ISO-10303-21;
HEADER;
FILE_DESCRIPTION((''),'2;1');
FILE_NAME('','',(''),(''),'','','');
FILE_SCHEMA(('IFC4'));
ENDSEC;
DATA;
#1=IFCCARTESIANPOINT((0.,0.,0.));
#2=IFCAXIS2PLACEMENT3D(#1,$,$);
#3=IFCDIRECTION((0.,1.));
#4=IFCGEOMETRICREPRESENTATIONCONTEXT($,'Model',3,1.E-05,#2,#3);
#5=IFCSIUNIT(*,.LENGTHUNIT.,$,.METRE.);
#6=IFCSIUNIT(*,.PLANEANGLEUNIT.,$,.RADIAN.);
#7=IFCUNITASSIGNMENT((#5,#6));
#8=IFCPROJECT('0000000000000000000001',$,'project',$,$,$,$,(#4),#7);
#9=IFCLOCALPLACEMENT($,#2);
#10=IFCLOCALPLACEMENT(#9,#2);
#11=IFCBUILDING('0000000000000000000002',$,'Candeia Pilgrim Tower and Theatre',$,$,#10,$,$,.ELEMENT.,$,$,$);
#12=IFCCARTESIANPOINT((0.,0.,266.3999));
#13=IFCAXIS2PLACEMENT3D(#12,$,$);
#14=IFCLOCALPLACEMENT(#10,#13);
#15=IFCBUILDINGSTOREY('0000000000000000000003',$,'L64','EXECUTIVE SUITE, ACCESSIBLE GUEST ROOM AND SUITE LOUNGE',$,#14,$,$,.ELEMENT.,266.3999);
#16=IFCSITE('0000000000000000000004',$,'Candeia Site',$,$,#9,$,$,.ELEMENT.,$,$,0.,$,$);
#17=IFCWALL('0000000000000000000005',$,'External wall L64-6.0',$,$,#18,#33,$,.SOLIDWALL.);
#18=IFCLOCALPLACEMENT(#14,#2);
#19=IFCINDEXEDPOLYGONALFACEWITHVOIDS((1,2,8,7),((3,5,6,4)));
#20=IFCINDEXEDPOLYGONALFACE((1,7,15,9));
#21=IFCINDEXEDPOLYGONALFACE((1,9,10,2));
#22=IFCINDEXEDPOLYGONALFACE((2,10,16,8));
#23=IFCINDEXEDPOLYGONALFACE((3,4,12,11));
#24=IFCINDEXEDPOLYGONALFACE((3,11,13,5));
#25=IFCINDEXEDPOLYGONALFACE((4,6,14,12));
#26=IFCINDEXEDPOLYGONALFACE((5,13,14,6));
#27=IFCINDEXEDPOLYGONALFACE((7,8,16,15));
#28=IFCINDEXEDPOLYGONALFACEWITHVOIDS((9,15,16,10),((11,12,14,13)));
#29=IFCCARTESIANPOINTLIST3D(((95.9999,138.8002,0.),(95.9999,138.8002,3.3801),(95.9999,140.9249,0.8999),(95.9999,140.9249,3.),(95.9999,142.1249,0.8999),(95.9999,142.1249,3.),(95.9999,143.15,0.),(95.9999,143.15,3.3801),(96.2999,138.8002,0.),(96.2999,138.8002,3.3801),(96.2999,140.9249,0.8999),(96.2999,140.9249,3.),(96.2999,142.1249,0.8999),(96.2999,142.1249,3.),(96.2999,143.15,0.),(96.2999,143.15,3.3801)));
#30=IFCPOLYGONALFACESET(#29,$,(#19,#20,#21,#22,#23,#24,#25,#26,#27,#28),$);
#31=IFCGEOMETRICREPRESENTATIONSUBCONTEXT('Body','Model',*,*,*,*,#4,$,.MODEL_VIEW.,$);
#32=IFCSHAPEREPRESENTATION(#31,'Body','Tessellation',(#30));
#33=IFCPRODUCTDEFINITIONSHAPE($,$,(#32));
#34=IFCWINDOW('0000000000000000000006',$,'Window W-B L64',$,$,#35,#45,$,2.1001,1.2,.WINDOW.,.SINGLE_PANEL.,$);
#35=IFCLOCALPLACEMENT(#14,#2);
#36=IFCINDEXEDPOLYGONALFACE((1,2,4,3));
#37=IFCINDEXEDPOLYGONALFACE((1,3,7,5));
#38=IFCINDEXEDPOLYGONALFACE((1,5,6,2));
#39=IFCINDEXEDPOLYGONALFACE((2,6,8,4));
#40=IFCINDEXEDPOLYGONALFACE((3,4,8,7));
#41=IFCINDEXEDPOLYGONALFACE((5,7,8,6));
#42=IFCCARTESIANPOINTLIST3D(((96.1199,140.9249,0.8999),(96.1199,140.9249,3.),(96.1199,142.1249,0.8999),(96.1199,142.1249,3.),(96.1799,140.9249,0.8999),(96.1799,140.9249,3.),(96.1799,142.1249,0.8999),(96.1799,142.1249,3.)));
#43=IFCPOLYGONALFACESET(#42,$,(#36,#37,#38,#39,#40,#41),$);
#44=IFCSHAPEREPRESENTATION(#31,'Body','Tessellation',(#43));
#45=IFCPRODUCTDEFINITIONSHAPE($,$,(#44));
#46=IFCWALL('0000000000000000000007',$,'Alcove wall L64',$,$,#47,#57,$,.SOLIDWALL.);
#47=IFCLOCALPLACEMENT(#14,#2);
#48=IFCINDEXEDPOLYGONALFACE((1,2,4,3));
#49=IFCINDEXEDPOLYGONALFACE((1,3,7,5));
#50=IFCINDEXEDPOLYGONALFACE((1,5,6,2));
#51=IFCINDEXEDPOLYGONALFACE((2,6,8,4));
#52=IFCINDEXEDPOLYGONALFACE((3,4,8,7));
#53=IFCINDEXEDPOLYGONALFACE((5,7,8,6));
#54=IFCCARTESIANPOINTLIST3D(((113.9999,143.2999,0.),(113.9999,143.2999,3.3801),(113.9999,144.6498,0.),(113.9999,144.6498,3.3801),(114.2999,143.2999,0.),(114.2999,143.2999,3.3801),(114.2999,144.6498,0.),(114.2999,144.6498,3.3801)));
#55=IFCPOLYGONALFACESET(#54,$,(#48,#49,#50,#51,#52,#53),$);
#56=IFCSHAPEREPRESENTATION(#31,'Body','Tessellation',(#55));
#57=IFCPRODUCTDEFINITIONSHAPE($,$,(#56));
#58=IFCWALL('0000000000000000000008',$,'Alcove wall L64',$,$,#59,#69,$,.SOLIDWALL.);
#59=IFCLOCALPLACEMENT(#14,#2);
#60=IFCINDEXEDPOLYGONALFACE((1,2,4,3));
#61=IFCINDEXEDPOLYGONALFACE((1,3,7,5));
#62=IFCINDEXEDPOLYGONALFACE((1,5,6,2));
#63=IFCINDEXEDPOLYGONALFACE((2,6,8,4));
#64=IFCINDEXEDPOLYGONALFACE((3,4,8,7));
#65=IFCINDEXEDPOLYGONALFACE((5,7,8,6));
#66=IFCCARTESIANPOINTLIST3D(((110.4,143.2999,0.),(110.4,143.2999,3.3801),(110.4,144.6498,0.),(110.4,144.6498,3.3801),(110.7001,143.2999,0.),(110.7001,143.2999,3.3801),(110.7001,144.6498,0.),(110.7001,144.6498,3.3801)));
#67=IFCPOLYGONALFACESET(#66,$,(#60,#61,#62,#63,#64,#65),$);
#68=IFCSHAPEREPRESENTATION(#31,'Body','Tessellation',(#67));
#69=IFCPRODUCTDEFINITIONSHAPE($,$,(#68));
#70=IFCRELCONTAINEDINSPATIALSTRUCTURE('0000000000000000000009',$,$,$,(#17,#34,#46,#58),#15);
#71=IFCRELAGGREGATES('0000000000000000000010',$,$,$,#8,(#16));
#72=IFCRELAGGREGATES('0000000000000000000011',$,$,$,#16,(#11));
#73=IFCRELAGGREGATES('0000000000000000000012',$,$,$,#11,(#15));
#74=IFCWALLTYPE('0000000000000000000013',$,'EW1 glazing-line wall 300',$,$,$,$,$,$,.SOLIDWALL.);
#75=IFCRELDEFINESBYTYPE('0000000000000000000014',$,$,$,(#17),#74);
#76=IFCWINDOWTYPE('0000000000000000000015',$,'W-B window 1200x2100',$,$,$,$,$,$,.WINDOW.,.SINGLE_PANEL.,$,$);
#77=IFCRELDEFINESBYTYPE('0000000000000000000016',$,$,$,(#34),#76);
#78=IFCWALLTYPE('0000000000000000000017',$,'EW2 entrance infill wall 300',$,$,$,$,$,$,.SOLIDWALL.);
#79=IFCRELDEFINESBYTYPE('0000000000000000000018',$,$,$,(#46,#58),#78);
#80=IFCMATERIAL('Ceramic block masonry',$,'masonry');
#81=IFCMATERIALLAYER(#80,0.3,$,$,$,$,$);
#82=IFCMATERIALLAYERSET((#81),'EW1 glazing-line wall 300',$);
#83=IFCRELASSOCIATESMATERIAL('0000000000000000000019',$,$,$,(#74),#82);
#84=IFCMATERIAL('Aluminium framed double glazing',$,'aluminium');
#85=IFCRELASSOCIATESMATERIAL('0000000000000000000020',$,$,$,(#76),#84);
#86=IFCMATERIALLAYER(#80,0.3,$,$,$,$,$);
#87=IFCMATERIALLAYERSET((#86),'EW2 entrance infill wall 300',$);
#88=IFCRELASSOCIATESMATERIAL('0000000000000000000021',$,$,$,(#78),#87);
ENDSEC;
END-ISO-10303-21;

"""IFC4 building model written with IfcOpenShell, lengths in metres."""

from ifc_helpers import new_model, si_unit, direction, frame, frame_2d, origin, place, context, subcontext, project, spatial, rectangle, extrude, material, layer, layer_set, type_object, element, fill, save


model = new_model("IFC4")

# Units and contexts
model_context = context("Model", 3, precision=1e-05, world=origin(), true_north=direction((0.0, 1.0)))
body_context = subcontext(model_context, "Body", "Model", "MODEL_VIEW")
ifc_project = project(units=[si_unit("LENGTHUNIT", "METRE"), si_unit("PLANEANGLEUNIT", "RADIAN")], contexts=[model_context])

# Site, building, storey
site_placement = place(None, origin())
site = spatial("IfcSite", under=ifc_project, at=site_placement, Name="Candeia Site", CompositionType="ELEMENT", RefElevation=0.0)
building_placement = place(site_placement, origin())
building = spatial("IfcBuilding", under=site, at=building_placement, Name="Candeia Pilgrim Tower and Theatre", CompositionType="ELEMENT")
storey_placement = place(building_placement, frame((0.0, 0.0, 266.3999)))
storey = spatial("IfcBuildingStorey", under=building, at=storey_placement, Name="L64", Description="EXECUTIVE SUITE, ACCESSIBLE GUEST ROOM AND SUITE LOUNGE", CompositionType="ELEMENT", Elevation=266.3999)

# Shared definitions
ifc_material_1 = material(Name="Ceramic block masonry", Category="masonry")
ifc_layer_1 = layer(ifc_material_1, 0.3)
ifc_layer_set_1 = layer_set([ifc_layer_1], Name="EW1 glazing-line wall 300")
wall_type_1 = type_object("IfcWallType", Name="EW1 glazing-line wall 300", PredefinedType="SOLIDWALL", material=ifc_layer_set_1)
ifc_material_2 = material(Name="Aluminium framed double glazing", Category="aluminium")
window_type_1 = type_object("IfcWindowType", Name="W-B window 1200x2100", PartitioningType="SINGLE_PANEL", PredefinedType="WINDOW", material=ifc_material_2)

# Wall, opening, window
wall_1_placement = place(storey_placement, frame((96.1499, 143.1499, 0.0), z_axis=(0.0, 0.0, 1.0), x_axis=(0.0, -1.0, 0.0)))
wall_1 = element("IfcWall", 1, at=wall_1_placement, inside=storey, type_object=wall_type_1, Name="External wall L64-6.0", PredefinedType="SOLIDWALL", context=body_context, shape_type="SweptSolid", body=[
    extrude(rectangle(XDim=4.3499, YDim=0.3, at=frame_2d((2.1748, 0.0))), origin(), (0.0, 0.0, 1.0), 3.3801),
])
opening_1_placement = place(wall_1_placement, frame((1.0249, 0.0, 0.8999)))
opening_1 = element("IfcOpeningElement", 2, at=opening_1_placement, cuts=wall_1, PredefinedType="OPENING", context=body_context, shape_type="SweptSolid", body=[
    extrude(rectangle(XDim=1.2, YDim=2.1001, at=frame_2d((0.6001, 1.05))), frame((0.0, 0.1602, 0.0), z_axis=(0.0, -1.0, 0.0), x_axis=(1.0, 0.0, 0.0)), (0.0, 0.0, 1.0), 0.3201),
])
window_1_placement = place(opening_1_placement, origin())
window_1 = element("IfcWindow", 3, at=window_1_placement, inside=storey, type_object=window_type_1, Name="Window W-B L64", OverallHeight=2.1001, OverallWidth=1.2, PartitioningType="SINGLE_PANEL", PredefinedType="WINDOW", context=body_context, shape_type="SweptSolid", body=[
    extrude(rectangle(XDim=1.2, YDim=2.1001, at=frame_2d((0.6001, 1.05))), frame((0.0, 0.03, 0.0), z_axis=(0.0, -1.0, 0.0), x_axis=(1.0, 0.0, 0.0)), (0.0, 0.0, 1.0), 0.0601),
])
fill(opening_1, window_1)

# Walls
ifc_layer_2 = layer(ifc_material_1, 0.3)
ifc_layer_set_2 = layer_set([ifc_layer_2], Name="EW2 entrance infill wall 300")
wall_type_2 = type_object("IfcWallType", Name="EW2 entrance infill wall 300", PredefinedType="SOLIDWALL", material=ifc_layer_set_2)
for number, where, z_axis, x_axis, name in (
    (4, (114.1499, 143.3, 0.0), (0.0, 0.0, 1.0), (0.0, 1.0, 0.0), "Alcove wall L64"),
    (5, (110.55, 143.3, 0.0), (0.0, 0.0, 1.0), (0.0, 1.0, 0.0), "Alcove wall L64"),
):
    element("IfcWall", number, at=place(storey_placement, frame(where, z_axis=z_axis, x_axis=x_axis)), inside=storey, type_object=wall_type_2, Name=name, PredefinedType="SOLIDWALL", context=body_context, shape_type="SweptSolid", body=[
        extrude(rectangle(XDim=1.3499, YDim=0.3, at=frame_2d((0.6748, 0.0))), origin(), (0.0, 0.0, 1.0), 3.3801),
    ])

save(model, "model.ifc")
